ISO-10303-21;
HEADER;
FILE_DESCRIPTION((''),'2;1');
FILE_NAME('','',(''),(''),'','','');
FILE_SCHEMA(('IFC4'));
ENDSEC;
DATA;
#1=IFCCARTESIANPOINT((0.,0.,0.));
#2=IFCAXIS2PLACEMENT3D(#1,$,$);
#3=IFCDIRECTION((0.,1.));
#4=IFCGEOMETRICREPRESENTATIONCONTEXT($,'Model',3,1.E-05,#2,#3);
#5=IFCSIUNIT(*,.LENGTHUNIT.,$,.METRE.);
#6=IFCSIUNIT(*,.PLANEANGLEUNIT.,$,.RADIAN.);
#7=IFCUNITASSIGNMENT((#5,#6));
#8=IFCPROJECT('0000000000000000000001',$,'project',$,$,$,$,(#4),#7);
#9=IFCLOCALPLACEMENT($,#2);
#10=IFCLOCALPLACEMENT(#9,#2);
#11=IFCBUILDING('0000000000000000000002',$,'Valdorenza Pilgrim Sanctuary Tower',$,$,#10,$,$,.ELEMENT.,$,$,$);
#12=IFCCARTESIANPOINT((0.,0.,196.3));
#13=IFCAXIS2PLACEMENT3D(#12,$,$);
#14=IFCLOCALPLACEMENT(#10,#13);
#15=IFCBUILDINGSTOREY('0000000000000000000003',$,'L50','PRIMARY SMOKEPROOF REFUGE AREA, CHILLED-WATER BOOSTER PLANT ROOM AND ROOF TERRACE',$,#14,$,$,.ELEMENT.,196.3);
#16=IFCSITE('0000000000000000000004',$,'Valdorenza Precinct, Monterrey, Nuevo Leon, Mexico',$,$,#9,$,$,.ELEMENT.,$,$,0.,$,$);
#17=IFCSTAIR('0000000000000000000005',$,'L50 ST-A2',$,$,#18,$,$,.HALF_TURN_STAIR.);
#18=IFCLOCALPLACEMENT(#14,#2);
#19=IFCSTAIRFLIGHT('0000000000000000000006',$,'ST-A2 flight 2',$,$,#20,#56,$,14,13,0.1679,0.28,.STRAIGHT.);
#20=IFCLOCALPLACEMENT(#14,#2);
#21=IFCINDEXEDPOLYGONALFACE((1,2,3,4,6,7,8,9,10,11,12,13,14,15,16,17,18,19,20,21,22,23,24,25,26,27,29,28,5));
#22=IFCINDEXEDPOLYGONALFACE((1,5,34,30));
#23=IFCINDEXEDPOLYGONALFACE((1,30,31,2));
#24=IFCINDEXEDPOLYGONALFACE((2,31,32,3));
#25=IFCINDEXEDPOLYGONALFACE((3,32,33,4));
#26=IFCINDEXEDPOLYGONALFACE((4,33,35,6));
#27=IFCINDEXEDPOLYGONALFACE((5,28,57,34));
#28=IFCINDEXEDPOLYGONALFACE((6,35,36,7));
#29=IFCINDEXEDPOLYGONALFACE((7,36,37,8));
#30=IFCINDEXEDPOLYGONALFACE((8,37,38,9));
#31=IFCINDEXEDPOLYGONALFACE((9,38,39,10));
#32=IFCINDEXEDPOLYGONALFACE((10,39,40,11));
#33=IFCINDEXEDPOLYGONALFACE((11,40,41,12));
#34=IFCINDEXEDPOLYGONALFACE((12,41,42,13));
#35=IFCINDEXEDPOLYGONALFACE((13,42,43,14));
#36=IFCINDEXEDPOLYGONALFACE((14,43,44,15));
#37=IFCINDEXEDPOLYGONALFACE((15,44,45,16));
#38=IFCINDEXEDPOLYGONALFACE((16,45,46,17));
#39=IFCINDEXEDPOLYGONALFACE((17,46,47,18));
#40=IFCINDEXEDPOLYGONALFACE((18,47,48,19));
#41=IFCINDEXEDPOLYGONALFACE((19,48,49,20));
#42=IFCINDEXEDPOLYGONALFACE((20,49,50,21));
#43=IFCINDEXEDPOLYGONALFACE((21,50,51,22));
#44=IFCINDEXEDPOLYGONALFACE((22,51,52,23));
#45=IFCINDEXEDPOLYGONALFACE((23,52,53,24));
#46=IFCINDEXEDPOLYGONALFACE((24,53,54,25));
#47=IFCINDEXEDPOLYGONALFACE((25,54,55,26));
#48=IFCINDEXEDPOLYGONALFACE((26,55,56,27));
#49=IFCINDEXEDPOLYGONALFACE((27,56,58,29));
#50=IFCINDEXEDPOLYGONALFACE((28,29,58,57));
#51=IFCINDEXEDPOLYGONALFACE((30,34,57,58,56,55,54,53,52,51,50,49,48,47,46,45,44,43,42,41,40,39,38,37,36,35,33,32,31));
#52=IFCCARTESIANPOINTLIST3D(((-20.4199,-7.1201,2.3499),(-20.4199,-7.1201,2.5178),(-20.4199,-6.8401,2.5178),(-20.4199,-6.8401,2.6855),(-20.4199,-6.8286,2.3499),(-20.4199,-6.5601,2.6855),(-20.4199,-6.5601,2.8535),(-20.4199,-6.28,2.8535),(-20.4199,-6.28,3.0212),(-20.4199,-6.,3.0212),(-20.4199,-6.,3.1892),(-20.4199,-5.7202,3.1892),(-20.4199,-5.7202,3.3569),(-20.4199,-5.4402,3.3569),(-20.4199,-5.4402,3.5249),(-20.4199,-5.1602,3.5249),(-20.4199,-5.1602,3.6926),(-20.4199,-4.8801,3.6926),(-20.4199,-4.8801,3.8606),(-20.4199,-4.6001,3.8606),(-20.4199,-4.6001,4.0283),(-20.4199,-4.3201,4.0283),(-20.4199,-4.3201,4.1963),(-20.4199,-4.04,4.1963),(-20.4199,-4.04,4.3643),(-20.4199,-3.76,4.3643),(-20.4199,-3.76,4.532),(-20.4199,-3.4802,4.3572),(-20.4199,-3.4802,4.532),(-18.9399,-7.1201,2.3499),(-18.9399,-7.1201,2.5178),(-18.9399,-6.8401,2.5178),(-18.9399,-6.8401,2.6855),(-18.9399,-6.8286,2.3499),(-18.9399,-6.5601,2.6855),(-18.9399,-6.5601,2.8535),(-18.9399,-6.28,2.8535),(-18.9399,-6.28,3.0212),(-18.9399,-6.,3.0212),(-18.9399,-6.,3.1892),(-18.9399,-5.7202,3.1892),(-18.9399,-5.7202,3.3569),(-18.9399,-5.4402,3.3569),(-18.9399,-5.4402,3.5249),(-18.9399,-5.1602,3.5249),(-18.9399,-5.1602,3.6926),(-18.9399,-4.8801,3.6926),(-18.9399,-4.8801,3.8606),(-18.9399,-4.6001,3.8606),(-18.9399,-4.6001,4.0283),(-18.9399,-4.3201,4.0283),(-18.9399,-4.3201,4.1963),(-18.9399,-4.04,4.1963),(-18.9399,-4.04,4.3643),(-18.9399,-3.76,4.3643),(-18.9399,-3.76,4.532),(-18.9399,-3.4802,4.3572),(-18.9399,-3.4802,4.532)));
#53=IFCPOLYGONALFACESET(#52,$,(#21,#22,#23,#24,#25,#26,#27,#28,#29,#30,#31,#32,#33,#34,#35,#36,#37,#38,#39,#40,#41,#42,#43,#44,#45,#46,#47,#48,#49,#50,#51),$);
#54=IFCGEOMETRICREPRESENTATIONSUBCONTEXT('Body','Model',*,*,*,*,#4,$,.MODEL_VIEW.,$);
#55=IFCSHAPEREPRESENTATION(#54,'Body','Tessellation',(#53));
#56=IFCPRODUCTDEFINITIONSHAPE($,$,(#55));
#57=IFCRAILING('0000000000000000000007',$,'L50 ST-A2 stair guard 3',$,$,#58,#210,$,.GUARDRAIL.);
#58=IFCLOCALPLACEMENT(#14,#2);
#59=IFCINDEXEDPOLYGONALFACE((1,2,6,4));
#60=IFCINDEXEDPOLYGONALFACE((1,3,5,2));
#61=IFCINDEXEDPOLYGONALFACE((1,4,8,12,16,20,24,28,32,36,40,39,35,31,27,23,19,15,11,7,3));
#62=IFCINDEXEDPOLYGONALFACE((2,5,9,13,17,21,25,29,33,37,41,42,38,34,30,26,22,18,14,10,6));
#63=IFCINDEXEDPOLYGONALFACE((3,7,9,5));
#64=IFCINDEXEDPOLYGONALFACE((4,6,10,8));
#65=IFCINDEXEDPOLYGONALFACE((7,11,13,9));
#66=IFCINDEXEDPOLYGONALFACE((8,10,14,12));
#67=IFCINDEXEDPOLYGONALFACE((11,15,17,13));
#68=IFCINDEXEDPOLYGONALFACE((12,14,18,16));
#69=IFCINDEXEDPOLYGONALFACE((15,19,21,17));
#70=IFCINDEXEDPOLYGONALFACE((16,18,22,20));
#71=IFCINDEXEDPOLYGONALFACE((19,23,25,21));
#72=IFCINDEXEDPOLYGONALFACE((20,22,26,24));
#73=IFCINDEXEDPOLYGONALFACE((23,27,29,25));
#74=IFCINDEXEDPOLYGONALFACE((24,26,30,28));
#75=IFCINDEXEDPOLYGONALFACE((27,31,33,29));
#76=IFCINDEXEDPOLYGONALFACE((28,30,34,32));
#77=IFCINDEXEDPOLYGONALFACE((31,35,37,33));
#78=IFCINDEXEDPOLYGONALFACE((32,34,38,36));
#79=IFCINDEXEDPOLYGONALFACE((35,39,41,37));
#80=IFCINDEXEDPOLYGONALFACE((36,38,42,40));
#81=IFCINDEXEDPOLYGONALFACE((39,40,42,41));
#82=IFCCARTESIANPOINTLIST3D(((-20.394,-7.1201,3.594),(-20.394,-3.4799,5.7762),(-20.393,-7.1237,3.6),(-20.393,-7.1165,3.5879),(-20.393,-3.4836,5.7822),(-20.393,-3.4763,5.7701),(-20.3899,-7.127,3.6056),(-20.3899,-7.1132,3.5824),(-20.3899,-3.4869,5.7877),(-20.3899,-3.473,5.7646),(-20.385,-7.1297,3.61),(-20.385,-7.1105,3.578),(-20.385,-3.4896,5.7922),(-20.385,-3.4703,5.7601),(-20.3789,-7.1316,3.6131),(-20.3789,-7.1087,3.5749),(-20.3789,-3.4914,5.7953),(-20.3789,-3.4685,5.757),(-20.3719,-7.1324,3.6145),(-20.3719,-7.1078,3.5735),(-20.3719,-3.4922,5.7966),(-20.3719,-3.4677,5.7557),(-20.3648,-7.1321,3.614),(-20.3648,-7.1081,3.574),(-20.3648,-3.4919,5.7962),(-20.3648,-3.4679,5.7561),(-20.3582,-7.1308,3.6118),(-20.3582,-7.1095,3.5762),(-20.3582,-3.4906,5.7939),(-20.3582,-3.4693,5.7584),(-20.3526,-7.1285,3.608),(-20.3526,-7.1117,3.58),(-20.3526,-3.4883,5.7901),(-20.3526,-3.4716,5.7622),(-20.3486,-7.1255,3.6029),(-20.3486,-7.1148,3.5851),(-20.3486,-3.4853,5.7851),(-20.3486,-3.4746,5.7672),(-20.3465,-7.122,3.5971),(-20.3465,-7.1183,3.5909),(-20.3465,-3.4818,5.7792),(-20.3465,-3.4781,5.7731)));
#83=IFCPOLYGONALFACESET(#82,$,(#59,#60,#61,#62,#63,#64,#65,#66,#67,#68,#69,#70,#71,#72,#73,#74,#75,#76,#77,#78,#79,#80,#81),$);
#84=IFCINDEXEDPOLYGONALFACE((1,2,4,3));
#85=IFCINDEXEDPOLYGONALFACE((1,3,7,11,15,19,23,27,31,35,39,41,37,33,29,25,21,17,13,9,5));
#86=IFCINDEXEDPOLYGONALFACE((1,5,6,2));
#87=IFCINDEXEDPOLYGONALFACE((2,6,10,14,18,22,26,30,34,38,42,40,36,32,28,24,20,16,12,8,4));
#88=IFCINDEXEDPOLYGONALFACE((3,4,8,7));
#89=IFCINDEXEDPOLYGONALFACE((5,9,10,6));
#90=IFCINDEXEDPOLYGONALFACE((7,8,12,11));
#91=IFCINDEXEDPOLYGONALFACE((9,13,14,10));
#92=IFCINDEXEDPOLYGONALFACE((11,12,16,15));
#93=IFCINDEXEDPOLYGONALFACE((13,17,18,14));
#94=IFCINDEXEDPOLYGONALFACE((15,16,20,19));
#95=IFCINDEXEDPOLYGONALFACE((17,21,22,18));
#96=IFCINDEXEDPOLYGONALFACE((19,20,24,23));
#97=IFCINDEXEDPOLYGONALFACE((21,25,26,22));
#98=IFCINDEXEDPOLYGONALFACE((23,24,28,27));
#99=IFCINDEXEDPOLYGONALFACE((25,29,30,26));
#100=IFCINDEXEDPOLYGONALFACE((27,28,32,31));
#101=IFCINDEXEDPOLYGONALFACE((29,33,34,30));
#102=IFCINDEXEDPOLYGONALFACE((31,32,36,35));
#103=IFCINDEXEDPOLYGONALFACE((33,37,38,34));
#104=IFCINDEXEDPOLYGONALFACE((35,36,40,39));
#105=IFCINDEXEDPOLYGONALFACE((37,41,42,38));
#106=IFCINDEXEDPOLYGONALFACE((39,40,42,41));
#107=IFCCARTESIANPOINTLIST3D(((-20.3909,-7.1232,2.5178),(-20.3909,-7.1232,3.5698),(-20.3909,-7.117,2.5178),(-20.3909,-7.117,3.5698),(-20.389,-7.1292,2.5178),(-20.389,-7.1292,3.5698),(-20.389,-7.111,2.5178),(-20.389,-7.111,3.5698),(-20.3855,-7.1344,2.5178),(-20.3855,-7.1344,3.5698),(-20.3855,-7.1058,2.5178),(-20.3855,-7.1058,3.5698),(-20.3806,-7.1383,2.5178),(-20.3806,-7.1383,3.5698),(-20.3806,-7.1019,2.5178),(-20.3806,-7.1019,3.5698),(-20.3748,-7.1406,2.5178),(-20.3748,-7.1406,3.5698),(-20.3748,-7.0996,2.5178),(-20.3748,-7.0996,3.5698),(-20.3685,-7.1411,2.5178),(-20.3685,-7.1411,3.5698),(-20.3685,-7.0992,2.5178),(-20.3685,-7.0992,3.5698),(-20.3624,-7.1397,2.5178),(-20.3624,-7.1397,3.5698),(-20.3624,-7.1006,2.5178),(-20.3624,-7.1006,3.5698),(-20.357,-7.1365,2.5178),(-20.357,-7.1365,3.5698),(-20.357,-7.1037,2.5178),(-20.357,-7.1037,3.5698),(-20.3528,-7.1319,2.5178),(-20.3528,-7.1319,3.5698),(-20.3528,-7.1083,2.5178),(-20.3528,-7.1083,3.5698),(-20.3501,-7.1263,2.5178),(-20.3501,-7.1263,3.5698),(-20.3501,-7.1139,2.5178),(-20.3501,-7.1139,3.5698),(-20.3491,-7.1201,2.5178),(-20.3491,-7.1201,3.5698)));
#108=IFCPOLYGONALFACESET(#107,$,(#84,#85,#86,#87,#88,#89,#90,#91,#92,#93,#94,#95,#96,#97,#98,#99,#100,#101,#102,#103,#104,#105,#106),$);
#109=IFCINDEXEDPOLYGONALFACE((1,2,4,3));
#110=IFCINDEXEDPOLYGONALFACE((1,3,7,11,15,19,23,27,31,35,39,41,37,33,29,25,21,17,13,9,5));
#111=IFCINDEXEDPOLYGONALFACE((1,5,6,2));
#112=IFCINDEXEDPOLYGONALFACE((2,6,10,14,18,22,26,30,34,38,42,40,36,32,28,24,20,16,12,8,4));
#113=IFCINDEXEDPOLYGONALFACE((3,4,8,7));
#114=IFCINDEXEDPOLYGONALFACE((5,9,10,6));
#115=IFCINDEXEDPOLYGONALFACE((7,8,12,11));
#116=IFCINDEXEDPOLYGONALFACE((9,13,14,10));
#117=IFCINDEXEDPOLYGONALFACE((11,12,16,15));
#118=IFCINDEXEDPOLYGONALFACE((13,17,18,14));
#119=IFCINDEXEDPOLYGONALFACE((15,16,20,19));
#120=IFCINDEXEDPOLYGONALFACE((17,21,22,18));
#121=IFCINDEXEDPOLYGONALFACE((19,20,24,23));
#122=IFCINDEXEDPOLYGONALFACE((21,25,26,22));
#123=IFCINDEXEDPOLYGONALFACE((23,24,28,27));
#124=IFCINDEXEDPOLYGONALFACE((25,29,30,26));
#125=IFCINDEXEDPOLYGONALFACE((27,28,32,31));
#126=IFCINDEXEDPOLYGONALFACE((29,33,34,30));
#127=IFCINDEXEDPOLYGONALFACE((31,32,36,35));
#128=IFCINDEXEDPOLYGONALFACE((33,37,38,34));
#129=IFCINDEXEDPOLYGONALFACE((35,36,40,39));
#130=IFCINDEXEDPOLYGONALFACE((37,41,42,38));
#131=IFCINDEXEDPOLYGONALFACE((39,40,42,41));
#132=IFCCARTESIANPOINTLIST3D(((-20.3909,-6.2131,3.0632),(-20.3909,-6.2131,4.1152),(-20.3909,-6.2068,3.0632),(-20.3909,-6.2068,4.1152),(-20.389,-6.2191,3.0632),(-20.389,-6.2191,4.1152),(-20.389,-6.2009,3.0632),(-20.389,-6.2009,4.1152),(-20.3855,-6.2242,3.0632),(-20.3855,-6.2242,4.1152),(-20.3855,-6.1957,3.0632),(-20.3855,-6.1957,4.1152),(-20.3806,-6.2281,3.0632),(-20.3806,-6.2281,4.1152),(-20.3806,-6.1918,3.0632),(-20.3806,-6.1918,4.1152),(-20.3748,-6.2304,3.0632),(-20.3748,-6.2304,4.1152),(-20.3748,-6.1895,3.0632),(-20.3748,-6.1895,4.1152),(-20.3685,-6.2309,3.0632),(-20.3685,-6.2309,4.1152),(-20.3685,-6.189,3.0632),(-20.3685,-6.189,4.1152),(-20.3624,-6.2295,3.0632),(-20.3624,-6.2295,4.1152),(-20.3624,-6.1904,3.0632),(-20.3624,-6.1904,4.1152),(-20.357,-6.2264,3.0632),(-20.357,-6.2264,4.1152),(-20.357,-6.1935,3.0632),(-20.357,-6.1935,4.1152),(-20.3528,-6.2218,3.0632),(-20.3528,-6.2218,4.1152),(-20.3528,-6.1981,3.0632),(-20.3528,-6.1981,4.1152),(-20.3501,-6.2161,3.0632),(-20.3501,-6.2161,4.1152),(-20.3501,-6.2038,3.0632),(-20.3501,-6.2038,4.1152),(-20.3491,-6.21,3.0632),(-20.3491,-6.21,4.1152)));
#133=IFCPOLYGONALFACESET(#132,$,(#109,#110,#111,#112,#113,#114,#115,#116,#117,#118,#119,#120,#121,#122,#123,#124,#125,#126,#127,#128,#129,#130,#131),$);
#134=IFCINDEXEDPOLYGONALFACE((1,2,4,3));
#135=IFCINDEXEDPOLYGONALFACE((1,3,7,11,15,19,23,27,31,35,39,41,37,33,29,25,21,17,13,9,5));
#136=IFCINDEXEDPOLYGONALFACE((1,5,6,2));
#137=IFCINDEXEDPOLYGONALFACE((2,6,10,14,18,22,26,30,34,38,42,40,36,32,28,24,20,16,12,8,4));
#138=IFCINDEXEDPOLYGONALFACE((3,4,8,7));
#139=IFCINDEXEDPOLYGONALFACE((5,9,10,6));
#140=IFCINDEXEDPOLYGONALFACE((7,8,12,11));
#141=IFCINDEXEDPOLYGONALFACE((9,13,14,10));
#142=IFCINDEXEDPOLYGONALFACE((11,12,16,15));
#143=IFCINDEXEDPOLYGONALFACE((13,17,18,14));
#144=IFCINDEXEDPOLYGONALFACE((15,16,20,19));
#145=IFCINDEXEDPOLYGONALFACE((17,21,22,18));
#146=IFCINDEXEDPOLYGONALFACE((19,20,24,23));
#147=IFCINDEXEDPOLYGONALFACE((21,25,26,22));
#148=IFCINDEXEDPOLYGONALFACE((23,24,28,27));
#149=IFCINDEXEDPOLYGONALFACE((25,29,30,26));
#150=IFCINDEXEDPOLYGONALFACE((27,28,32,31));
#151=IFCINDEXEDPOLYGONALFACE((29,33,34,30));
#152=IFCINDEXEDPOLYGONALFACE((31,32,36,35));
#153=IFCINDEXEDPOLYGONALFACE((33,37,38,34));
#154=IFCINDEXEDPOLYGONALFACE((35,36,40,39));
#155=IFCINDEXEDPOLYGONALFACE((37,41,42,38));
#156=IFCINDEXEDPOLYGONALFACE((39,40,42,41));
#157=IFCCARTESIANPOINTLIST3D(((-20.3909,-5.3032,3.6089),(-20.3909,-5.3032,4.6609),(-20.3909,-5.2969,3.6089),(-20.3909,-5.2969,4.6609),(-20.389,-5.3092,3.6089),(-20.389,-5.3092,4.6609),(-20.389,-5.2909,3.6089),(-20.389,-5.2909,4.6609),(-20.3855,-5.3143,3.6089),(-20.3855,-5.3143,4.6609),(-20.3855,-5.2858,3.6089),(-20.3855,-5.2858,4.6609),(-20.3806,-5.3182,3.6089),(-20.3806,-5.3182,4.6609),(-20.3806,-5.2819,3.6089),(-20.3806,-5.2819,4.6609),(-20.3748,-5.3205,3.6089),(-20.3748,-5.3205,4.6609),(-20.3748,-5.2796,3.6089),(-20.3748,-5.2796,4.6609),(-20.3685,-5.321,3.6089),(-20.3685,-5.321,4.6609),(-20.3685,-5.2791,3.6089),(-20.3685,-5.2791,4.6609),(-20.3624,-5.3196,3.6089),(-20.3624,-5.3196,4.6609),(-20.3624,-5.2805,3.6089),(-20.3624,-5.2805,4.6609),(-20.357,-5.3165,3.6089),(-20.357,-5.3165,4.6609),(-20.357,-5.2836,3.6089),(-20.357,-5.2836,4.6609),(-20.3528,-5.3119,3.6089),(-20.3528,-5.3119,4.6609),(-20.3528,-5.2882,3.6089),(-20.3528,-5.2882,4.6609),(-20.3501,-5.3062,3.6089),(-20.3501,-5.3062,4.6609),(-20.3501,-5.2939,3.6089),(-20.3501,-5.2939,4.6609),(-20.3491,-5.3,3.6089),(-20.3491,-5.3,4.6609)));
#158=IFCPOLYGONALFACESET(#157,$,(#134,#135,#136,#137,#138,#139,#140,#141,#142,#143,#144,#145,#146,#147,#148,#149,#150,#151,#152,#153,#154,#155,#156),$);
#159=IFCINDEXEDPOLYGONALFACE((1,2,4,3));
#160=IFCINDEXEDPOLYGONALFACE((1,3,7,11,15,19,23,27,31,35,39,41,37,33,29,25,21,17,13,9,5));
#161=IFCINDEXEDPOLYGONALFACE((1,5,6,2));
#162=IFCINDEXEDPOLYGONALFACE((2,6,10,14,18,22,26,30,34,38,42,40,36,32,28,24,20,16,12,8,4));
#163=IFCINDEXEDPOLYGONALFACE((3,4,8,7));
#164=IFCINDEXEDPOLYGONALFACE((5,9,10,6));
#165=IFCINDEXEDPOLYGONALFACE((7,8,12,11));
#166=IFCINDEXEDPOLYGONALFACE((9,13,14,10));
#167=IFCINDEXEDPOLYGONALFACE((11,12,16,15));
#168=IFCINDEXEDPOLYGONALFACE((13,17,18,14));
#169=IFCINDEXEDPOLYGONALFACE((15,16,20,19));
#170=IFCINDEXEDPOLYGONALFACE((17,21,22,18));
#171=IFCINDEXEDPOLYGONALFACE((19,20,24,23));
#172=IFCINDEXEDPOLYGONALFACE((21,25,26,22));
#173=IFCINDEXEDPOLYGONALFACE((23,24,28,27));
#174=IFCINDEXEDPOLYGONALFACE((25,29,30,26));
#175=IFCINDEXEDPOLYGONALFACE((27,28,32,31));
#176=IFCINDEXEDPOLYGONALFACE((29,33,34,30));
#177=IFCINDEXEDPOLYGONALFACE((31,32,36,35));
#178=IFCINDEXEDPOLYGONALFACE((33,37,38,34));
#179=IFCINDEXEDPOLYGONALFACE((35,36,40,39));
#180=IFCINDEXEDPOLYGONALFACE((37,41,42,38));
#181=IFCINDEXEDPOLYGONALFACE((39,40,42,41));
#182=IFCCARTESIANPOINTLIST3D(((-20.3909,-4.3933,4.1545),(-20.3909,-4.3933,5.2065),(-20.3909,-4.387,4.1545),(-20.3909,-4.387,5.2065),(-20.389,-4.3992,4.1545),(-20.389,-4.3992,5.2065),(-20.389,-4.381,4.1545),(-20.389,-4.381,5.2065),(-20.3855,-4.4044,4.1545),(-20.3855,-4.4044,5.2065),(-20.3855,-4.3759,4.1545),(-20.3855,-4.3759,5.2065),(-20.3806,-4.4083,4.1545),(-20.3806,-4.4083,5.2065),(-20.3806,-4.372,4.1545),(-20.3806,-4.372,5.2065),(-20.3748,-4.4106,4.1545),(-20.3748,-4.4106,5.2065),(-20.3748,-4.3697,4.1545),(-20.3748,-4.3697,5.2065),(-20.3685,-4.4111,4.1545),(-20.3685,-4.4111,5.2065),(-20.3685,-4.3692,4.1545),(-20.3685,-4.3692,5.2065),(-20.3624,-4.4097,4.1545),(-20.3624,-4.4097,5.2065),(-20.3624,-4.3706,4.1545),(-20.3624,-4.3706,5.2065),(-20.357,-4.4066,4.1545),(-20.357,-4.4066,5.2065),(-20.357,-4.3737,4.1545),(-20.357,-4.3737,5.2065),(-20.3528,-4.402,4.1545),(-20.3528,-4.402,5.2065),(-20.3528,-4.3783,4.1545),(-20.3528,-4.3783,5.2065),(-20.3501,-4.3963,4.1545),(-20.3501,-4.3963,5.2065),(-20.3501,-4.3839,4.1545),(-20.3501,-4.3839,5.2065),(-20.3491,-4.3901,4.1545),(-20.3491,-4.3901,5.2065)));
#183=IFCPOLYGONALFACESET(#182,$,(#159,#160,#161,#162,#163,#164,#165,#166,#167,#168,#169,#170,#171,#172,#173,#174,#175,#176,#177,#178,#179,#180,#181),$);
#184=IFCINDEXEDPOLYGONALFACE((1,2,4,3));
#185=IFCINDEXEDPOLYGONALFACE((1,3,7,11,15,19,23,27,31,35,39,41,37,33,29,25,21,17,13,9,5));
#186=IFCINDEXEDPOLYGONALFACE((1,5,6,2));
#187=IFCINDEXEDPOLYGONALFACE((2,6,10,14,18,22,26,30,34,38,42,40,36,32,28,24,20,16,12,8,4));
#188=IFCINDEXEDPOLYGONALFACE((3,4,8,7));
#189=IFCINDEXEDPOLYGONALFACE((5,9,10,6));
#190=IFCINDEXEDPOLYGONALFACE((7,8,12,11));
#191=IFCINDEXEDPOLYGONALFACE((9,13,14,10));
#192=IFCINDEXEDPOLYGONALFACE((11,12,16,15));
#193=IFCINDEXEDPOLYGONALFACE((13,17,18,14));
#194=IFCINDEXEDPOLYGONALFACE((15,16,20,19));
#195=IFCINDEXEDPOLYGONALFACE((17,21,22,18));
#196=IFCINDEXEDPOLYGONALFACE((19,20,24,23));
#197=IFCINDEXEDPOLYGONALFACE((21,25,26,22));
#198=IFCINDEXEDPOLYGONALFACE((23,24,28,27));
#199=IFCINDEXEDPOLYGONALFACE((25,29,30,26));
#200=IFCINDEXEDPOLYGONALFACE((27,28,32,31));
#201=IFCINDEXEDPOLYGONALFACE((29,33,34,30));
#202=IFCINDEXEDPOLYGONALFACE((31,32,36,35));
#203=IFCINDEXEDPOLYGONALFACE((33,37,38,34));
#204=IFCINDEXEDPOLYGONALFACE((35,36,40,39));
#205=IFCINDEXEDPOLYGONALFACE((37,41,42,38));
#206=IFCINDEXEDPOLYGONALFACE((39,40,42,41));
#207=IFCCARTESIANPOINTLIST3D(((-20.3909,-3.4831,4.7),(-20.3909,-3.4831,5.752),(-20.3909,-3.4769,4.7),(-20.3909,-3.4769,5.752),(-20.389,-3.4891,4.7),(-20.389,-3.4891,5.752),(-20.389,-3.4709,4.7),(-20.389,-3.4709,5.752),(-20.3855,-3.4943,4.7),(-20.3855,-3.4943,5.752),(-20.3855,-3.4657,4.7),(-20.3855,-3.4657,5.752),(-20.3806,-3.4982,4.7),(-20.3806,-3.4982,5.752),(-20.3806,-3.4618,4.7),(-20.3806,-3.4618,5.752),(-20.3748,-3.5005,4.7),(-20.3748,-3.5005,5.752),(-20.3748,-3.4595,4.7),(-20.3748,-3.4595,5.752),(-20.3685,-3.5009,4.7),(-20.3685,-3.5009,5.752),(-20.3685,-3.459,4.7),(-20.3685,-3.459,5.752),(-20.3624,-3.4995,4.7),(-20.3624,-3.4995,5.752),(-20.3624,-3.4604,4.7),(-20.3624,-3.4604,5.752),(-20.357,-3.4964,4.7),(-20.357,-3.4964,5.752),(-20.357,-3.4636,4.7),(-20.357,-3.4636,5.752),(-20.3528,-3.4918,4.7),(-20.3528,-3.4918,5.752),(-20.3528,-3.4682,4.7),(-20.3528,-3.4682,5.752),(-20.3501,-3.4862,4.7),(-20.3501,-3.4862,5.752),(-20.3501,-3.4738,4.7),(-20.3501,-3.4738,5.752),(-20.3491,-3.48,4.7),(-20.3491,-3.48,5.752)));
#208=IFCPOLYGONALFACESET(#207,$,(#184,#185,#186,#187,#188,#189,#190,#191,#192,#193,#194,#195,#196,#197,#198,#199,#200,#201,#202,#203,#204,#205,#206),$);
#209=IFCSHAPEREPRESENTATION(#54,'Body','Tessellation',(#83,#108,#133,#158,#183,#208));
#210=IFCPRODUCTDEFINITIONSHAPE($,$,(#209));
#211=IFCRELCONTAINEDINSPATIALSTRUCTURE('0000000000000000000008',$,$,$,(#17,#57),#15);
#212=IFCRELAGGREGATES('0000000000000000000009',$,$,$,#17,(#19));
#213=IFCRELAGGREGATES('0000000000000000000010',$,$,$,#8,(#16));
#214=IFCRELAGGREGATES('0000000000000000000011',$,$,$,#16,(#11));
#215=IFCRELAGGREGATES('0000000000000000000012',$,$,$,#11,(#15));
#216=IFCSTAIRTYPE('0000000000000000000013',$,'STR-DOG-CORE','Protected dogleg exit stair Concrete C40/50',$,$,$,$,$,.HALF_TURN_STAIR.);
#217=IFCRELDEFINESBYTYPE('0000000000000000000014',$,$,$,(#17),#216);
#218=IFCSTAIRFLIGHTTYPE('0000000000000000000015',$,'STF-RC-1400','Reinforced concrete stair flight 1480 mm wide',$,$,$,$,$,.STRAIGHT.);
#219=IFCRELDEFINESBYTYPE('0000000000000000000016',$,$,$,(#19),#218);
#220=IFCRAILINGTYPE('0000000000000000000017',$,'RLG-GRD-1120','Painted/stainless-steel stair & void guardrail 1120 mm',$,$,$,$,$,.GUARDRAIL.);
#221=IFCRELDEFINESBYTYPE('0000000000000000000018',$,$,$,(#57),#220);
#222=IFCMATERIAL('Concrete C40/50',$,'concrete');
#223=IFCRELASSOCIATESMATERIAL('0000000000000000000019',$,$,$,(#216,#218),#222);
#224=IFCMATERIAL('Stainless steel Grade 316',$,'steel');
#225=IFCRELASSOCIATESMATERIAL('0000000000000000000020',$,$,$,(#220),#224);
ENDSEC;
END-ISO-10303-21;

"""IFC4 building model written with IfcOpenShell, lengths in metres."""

from ifc_helpers import new_model, si_unit, direction, frame, origin, origin_2d, place, context, subcontext, project, spatial, polyline, circle, outline, extrude, material, type_object, element, aggregate, save


model = new_model("IFC4")

# Units and contexts
model_context = context("Model", 3, precision=1e-05, world=origin(), true_north=direction((0.0, 1.0)))
body_context = subcontext(model_context, "Body", "Model", "MODEL_VIEW")
ifc_project = project(units=[si_unit("LENGTHUNIT", "METRE"), si_unit("PLANEANGLEUNIT", "RADIAN")], contexts=[model_context])

# Site, building, storey
site_placement = place(None, origin())
site = spatial("IfcSite", under=ifc_project, at=site_placement, Name="Valdorenza Precinct, Monterrey, Nuevo Leon, Mexico", CompositionType="ELEMENT", RefElevation=0.0)
building_placement = place(site_placement, origin())
building = spatial("IfcBuilding", under=site, at=building_placement, Name="Valdorenza Pilgrim Sanctuary Tower", CompositionType="ELEMENT")
storey_placement = place(building_placement, frame((0.0, 0.0, 196.3)))
storey = spatial("IfcBuildingStorey", under=building, at=storey_placement, Name="L50", Description="PRIMARY SMOKEPROOF REFUGE AREA, CHILLED-WATER BOOSTER PLANT ROOM AND ROOF TERRACE", CompositionType="ELEMENT", Elevation=196.3)

# Stair, stair flight
ifc_material_1 = material(Name="Concrete C40/50", Category="concrete")
stair_type = type_object("IfcStairType", Name="STR-DOG-CORE", Description="Protected dogleg exit stair Concrete C40/50", PredefinedType="HALF_TURN_STAIR", material=ifc_material_1)
stair_placement = place(storey_placement, origin())
stair = element("IfcStair", 1, at=stair_placement, inside=storey, type_object=stair_type, Name="L50 ST-A2", PredefinedType="HALF_TURN_STAIR")
stair_flight_type = type_object("IfcStairFlightType", Name="STF-RC-1400", Description="Reinforced concrete stair flight 1480 mm wide", PredefinedType="STRAIGHT", material=ifc_material_1)
stair_flight_placement = place(storey_placement, frame((-19.6799, -7.1201, 2.3499), z_axis=(0.0, 0.0, 1.0), x_axis=(0.0, 1.0, 0.0)))
stair_flight = element("IfcStairFlight", 2, at=stair_flight_placement, type_object=stair_flight_type, Name="ST-A2 flight 2", NumberOfRisers=14, NumberOfTreads=13, PredefinedType="STRAIGHT", RiserHeight=0.1679, TreadLength=0.28, context=body_context, shape_type="SweptSolid", body=[
    extrude(outline(polyline([(0.0, 0.0), (0.0, 0.168), (0.28, 0.168), (0.28, 0.3357), (0.5601, 0.3357), (0.5601, 0.5037), (0.8401, 0.5037), (0.8401, 0.6714), (1.1201, 0.6714), (1.1201, 0.8394), (1.3999, 0.8394), (1.3999, 1.0071), (1.6799, 1.0071), (1.6799, 1.175), (1.96, 1.175), (1.96, 1.3428), (2.24, 1.3428), (2.24, 1.5107), (2.52, 1.5107), (2.52, 1.6785), (2.8, 1.6785), (2.8, 1.8464), (3.0801, 1.8464), (3.0801, 2.0144), (3.3601, 2.0144), (3.3601, 2.1821), (3.6399, 2.1821), (3.6399, 2.3501), (3.6399, 2.0073), (0.2915, 0.0), (0.0, 0.0)])), frame((0.0, 0.74, 0.0), z_axis=(0.0, -1.0, 0.0), x_axis=(1.0, 0.0, 0.0)), (0.0, 0.0, 1.0), 1.48),
])
aggregate(stair, [stair_flight])

# Railing
ifc_material_2 = material(Name="Stainless steel Grade 316", Category="steel")
railing_type_1 = type_object("IfcRailingType", Name="RLG-GRD-1120", Description="Painted/stainless-steel stair & void guardrail 1120 mm", PredefinedType="GUARDRAIL", material=ifc_material_2)
railing_1_placement = place(storey_placement, frame((-20.3701, -7.1201, 2.5178)))
element("IfcRailing", 3, at=railing_1_placement, inside=storey, type_object=railing_type_1, Name="L50 ST-A2 stair guard 3", PredefinedType="GUARDRAIL", context=body_context, shape_type="SweptSolid", body=[
    extrude(circle(Radius=0.0239, at=origin_2d()), frame((0.0, 0.0, 1.0762), z_axis=(0.0, 0.857696, 0.514157), x_axis=(-1.0, 0.0, 0.0)), (0.0, 0.0, 1.0), 4.2441),
    extrude(circle(Radius=0.021, at=origin_2d()), origin(), (0.0, 0.0, 1.0), 1.052),
    extrude(circle(Radius=0.021, at=origin_2d()), frame((0.0, 0.9102, 0.5454)), (0.0, 0.0, 1.0), 1.052),
    extrude(circle(Radius=0.021, at=origin_2d()), frame((0.0, 1.8201, 1.0911)), (0.0, 0.0, 1.0), 1.052),
    extrude(circle(Radius=0.021, at=origin_2d()), frame((0.0, 2.73, 1.6367)), (0.0, 0.0, 1.0), 1.052),
    extrude(circle(Radius=0.021, at=origin_2d()), frame((0.0, 3.6401, 2.1821)), (0.0, 0.0, 1.0), 1.052),
])

save(model, "model.ifc")
